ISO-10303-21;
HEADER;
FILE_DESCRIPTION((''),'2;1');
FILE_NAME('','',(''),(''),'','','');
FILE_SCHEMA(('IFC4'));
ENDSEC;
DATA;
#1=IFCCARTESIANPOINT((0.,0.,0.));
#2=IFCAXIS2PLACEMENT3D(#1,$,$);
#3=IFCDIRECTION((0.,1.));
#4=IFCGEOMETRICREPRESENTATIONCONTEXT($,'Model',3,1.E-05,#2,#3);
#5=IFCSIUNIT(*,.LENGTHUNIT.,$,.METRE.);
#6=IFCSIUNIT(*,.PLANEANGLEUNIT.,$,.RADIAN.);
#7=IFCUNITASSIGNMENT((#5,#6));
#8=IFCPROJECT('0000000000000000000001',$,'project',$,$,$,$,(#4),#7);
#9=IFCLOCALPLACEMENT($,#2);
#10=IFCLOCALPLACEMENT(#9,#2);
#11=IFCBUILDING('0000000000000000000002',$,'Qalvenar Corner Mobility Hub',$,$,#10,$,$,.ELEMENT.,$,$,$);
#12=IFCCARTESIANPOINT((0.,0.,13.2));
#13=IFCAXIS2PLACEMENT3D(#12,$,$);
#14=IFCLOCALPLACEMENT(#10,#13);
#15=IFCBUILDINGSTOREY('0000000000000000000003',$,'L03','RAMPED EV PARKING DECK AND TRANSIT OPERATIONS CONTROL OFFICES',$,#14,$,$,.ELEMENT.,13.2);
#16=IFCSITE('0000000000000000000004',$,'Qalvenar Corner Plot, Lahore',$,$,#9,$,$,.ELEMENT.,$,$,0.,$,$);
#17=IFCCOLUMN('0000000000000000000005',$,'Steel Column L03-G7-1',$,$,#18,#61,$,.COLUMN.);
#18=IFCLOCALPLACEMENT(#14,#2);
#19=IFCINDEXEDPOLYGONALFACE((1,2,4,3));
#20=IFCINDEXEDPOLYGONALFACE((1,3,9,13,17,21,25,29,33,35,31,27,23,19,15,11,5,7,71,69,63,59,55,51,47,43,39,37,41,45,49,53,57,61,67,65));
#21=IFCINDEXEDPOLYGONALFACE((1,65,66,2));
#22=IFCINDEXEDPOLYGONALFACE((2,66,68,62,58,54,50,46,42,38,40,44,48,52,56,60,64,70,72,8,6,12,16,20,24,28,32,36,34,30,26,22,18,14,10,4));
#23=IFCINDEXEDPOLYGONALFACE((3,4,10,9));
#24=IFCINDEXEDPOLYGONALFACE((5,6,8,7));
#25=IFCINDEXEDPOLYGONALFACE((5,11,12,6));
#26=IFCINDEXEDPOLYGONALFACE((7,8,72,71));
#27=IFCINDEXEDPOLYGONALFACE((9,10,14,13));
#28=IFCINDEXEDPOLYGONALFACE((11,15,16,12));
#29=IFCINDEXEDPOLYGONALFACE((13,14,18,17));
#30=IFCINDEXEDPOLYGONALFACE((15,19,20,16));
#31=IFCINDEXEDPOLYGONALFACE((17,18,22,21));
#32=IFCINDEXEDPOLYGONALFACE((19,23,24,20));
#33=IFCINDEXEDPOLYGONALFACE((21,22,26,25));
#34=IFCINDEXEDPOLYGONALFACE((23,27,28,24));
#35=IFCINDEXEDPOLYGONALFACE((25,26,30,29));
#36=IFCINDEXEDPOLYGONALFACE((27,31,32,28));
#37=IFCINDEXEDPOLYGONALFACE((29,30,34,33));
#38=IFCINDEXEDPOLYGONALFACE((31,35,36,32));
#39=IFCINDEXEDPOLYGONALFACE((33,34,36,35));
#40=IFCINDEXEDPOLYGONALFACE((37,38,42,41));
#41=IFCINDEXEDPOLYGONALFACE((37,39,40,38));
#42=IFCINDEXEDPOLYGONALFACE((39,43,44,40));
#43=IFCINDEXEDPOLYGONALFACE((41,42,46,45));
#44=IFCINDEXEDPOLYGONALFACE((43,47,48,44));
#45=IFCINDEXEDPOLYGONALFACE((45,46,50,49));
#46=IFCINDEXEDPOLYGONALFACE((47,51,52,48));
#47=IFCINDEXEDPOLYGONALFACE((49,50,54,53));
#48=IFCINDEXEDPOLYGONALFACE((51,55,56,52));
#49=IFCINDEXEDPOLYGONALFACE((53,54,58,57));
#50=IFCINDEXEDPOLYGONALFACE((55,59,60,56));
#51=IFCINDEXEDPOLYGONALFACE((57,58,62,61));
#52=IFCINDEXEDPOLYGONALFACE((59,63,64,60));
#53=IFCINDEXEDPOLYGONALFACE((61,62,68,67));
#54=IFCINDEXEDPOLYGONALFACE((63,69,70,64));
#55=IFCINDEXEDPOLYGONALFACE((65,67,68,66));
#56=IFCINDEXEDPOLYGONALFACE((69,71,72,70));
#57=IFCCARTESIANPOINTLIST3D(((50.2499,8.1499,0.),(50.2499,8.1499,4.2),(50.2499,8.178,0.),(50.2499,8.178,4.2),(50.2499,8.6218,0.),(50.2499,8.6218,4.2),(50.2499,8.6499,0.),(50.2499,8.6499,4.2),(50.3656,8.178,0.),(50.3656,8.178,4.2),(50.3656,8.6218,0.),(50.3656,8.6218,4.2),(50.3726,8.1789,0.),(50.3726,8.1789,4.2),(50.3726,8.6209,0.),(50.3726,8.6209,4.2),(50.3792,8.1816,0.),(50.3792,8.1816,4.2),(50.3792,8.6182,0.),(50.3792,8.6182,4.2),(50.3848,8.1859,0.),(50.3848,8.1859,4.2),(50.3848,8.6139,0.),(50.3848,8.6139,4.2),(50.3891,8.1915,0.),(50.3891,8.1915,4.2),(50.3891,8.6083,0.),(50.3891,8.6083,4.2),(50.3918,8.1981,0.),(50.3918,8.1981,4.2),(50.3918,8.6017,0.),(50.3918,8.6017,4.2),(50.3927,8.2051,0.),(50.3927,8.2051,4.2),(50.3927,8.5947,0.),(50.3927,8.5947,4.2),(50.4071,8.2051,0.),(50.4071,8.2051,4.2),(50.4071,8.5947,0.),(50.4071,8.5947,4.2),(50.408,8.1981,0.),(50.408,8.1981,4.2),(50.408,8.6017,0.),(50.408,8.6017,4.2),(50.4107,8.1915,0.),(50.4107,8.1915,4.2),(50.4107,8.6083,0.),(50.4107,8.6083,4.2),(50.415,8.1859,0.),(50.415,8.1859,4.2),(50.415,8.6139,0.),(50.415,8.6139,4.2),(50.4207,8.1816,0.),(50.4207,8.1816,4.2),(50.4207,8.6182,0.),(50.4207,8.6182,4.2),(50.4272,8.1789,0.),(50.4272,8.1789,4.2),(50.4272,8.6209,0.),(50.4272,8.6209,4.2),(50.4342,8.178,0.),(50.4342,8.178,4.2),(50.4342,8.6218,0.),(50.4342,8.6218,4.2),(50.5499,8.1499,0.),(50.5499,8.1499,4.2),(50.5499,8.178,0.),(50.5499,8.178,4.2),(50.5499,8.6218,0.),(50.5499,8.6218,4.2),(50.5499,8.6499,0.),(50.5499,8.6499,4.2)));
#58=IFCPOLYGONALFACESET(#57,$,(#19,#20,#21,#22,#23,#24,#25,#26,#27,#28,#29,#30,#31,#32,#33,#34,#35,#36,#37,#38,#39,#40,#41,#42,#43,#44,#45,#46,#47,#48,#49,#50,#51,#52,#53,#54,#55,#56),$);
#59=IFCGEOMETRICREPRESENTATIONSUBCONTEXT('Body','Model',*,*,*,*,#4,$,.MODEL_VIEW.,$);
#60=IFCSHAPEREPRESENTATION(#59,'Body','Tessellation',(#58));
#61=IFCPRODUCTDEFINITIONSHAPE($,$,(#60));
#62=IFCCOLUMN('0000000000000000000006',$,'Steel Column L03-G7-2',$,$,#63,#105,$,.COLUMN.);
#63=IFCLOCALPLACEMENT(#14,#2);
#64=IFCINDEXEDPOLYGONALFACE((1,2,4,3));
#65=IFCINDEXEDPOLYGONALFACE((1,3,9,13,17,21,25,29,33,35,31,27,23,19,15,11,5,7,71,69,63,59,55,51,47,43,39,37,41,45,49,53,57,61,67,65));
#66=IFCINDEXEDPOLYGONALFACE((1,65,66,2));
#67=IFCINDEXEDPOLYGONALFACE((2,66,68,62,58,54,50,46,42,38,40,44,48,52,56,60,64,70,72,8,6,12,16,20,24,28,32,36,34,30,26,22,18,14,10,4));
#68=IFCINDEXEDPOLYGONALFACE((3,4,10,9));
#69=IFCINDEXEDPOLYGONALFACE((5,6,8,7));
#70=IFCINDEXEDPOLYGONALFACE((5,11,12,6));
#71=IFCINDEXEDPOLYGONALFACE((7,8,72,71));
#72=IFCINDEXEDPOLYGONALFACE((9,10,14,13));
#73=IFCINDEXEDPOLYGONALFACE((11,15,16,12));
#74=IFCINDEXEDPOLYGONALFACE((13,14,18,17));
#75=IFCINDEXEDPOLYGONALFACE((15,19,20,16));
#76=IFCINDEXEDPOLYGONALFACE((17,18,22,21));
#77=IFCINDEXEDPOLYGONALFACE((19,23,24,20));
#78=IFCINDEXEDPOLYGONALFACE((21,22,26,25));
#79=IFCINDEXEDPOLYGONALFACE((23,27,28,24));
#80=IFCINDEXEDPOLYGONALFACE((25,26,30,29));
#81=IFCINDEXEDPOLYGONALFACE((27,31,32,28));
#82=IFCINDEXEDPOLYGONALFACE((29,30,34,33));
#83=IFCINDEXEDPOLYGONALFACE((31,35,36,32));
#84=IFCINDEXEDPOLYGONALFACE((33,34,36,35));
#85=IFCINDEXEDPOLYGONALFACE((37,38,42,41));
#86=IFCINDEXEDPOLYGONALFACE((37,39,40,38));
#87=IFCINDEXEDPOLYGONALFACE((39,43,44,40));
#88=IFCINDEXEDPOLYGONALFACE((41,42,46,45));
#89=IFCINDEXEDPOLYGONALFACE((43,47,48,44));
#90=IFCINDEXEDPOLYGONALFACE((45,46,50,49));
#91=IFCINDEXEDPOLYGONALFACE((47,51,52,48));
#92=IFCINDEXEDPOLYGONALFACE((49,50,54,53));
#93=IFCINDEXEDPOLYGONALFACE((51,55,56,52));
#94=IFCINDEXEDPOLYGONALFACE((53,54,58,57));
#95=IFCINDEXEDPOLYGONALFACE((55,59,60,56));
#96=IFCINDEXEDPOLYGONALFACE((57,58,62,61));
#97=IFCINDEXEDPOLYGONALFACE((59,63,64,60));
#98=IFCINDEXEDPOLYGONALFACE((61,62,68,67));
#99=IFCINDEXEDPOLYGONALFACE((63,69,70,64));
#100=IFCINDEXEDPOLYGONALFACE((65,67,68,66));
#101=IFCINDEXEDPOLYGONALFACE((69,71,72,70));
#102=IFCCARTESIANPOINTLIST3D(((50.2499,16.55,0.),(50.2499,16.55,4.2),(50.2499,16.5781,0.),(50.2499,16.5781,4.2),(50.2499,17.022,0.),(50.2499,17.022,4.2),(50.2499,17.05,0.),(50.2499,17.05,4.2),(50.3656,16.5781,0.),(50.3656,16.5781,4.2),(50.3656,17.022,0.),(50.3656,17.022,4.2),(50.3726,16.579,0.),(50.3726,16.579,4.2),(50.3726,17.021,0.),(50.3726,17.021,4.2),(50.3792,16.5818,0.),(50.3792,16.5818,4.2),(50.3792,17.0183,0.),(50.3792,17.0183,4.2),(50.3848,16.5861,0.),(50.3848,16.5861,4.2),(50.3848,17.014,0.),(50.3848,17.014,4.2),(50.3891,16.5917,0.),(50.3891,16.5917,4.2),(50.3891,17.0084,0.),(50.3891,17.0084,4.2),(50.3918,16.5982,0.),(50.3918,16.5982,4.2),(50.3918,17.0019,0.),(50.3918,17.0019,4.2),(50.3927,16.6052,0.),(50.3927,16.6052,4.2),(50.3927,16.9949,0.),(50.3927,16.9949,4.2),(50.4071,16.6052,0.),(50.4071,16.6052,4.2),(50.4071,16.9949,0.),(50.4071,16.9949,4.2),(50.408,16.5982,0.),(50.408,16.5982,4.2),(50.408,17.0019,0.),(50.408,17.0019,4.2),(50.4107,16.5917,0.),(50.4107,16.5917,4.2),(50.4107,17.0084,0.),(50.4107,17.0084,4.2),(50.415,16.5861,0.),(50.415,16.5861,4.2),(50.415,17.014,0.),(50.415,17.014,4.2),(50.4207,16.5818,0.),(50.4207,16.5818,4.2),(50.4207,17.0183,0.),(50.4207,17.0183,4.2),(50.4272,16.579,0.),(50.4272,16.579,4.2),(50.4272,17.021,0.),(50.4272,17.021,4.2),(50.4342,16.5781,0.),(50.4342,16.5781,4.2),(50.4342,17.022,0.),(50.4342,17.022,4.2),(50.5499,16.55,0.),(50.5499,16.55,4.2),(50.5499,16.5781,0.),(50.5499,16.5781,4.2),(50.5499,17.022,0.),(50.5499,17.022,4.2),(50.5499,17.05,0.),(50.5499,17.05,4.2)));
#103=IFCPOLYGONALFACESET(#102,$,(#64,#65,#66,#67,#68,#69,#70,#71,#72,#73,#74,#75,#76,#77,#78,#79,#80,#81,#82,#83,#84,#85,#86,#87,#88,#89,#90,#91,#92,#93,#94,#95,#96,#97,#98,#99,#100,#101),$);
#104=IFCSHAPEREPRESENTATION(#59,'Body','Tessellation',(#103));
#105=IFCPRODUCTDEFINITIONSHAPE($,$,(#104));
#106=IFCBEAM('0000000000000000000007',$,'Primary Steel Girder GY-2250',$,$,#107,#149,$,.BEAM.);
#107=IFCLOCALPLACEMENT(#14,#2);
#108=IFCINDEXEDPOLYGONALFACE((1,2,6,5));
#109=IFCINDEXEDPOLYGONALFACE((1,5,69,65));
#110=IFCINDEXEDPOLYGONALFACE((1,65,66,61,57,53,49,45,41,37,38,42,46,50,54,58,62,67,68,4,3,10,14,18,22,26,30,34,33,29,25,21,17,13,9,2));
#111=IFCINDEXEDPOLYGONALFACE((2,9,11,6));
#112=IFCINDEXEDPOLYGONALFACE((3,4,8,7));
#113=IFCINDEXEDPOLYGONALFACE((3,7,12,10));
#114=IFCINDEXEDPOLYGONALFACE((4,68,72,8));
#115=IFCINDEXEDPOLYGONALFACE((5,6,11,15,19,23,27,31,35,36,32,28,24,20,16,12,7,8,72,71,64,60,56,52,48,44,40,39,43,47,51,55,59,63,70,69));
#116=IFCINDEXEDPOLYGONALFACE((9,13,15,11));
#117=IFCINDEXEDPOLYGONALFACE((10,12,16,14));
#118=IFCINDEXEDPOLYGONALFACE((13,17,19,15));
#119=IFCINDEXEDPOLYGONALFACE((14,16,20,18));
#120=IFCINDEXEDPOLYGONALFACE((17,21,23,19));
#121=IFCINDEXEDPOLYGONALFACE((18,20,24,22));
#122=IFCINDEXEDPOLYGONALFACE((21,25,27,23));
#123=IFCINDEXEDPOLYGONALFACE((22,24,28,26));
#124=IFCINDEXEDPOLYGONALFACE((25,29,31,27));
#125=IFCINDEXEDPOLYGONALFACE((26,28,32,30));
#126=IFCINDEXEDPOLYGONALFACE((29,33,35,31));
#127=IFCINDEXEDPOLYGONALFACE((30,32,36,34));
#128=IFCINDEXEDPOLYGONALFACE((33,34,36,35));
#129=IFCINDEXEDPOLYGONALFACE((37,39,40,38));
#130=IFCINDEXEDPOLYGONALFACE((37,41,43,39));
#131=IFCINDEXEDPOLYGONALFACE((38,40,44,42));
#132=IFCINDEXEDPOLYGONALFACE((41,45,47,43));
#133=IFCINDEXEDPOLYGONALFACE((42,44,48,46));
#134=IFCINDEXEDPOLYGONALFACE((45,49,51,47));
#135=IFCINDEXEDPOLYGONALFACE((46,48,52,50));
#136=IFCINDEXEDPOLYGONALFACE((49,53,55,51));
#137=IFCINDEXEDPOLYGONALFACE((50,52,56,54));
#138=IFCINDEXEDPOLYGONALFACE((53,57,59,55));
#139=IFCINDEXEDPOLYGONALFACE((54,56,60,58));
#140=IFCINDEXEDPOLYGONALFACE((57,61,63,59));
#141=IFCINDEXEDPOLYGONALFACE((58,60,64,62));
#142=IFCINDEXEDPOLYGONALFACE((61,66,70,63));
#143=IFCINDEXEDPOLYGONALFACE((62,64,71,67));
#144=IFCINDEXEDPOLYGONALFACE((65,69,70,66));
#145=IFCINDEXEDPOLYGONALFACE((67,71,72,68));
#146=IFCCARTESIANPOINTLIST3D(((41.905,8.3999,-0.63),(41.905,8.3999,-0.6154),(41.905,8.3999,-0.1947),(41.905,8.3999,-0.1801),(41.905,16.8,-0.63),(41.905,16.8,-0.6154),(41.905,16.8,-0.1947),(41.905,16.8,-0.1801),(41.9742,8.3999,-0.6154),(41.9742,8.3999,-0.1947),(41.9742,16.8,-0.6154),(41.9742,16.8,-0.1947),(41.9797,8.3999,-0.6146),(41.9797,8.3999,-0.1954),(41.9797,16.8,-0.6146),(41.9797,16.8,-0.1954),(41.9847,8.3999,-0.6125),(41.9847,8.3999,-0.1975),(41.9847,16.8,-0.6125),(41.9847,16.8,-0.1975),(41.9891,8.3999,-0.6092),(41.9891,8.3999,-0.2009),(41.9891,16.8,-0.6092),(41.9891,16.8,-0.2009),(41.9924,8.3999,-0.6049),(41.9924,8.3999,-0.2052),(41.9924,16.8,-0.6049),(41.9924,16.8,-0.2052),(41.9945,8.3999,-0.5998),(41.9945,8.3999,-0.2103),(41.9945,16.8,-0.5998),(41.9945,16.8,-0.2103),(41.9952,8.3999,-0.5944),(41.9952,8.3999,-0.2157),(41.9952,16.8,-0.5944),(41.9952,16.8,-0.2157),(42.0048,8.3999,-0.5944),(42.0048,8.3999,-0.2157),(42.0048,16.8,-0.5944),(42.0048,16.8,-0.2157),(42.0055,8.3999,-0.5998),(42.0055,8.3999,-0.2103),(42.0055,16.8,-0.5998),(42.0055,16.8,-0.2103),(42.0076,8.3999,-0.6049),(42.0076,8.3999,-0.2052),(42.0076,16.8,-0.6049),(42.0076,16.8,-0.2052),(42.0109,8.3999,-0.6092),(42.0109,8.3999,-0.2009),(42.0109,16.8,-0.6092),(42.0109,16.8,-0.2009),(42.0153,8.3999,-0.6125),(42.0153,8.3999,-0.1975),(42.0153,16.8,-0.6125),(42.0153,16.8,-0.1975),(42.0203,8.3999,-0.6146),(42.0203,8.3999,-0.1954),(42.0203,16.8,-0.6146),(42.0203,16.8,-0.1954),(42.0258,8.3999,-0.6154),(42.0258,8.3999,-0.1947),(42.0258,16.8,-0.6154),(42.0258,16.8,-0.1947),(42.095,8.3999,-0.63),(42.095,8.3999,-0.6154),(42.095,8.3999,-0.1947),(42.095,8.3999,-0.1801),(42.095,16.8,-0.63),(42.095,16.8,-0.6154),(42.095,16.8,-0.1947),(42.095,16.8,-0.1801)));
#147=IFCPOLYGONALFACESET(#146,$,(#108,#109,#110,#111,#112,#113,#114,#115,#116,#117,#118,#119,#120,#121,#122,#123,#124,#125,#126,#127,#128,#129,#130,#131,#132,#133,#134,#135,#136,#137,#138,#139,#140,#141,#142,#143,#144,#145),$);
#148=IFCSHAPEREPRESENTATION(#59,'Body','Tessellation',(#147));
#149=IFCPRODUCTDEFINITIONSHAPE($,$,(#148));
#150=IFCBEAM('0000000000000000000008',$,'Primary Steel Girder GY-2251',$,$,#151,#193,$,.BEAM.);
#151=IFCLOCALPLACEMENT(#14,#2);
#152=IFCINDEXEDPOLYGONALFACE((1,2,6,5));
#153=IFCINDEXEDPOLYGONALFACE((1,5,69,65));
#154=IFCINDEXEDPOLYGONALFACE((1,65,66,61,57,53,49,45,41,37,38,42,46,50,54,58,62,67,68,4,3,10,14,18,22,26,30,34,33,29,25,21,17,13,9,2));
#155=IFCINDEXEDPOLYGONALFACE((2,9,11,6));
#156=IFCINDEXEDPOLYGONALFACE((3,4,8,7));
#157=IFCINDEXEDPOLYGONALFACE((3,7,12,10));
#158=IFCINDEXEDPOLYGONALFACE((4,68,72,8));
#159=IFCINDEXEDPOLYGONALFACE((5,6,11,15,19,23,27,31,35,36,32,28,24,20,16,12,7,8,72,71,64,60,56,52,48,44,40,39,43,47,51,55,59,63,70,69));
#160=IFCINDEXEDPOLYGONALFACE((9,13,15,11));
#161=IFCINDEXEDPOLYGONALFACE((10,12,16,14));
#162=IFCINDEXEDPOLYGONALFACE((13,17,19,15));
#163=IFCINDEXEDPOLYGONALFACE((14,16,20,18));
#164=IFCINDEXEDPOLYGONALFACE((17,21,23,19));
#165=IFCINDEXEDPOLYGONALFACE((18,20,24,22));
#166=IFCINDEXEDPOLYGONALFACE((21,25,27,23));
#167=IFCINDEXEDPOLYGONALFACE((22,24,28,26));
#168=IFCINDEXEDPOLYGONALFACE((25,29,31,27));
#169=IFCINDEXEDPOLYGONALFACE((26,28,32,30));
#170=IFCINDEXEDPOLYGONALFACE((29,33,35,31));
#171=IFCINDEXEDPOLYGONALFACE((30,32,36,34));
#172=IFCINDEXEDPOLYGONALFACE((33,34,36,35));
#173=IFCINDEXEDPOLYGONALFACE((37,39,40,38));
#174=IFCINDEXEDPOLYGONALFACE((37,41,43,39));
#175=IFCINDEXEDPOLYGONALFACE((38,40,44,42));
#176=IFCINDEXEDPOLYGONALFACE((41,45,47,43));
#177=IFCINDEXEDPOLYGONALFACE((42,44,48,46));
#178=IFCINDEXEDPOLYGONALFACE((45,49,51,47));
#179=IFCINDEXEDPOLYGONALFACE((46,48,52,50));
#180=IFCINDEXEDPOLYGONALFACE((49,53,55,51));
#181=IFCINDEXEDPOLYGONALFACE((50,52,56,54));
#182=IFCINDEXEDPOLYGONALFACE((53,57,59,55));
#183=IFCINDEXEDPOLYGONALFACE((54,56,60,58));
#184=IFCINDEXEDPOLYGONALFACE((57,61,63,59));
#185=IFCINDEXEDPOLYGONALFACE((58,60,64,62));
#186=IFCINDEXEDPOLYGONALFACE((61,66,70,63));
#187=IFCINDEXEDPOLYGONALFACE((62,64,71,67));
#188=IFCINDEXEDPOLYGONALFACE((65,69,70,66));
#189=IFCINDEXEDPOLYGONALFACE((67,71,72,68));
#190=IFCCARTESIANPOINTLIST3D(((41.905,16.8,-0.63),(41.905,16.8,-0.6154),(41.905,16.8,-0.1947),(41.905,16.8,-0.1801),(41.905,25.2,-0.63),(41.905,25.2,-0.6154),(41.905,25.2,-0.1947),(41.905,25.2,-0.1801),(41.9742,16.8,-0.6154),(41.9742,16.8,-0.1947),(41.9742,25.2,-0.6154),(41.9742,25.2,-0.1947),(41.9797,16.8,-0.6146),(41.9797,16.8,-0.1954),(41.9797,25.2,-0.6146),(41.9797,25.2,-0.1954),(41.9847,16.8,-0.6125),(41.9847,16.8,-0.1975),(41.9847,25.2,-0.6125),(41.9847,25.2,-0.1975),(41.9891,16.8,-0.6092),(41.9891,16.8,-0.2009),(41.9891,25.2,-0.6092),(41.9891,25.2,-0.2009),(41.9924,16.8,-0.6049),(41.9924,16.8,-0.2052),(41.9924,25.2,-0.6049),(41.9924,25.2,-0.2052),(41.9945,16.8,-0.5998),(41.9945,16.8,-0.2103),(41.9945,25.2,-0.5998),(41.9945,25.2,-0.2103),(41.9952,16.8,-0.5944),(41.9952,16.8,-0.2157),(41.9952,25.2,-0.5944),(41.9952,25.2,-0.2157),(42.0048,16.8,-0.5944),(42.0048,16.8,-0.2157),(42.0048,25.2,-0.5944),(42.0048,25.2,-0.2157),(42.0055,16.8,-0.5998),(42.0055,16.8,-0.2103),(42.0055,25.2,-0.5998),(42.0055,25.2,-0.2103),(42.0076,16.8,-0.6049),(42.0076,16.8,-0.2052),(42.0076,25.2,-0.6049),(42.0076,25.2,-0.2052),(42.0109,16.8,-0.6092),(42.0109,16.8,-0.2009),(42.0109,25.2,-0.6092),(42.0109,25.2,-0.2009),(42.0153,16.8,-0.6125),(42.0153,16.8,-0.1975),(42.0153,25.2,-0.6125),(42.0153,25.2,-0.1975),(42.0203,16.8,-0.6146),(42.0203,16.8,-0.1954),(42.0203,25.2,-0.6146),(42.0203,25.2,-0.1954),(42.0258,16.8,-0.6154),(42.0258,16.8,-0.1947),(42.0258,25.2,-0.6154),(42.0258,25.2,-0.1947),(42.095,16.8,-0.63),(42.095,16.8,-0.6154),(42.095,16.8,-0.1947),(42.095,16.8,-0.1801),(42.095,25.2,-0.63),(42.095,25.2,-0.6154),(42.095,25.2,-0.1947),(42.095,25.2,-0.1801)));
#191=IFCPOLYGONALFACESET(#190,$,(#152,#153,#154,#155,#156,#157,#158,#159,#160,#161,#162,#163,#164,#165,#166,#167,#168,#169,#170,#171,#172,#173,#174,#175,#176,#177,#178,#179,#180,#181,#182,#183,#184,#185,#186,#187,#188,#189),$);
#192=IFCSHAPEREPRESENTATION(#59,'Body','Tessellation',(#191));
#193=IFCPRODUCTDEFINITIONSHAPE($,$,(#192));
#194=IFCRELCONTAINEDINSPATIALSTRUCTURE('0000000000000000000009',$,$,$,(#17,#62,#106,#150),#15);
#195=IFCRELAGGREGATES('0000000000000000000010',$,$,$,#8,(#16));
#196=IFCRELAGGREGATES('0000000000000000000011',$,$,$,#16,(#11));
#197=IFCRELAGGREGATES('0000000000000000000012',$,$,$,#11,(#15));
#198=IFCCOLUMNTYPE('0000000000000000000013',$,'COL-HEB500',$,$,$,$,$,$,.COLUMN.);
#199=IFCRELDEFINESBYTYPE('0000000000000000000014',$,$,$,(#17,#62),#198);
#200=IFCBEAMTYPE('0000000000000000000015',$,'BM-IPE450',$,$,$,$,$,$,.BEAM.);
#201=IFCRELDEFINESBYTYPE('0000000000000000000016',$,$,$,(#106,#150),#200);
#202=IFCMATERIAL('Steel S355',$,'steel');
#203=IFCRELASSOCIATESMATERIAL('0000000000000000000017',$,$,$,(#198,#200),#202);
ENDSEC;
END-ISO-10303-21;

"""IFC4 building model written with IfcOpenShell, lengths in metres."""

from ifc_helpers import new_model, si_unit, direction, frame, origin, origin_2d, place, context, subcontext, project, spatial, i_section, extrude, material, material_profile, profile_set, type_object, element, save


model = new_model("IFC4")

# Units and contexts
model_context = context("Model", 3, precision=1e-05, world=origin(), true_north=direction((0.0, 1.0)))
body_context = subcontext(model_context, "Body", "Model", "MODEL_VIEW")
ifc_project = project(units=[si_unit("LENGTHUNIT", "METRE"), si_unit("PLANEANGLEUNIT", "RADIAN")], contexts=[model_context])

# Site, building, storey
site_placement = place(None, origin())
site = spatial("IfcSite", under=ifc_project, at=site_placement, Name="Qalvenar Corner Plot, Lahore", CompositionType="ELEMENT", RefElevation=0.0)
building_placement = place(site_placement, origin())
building = spatial("IfcBuilding", under=site, at=building_placement, Name="Qalvenar Corner Mobility Hub", CompositionType="ELEMENT")
storey_placement = place(building_placement, frame((0.0, 0.0, 13.2)))
storey = spatial("IfcBuildingStorey", under=building, at=storey_placement, Name="L03", Description="RAMPED EV PARKING DECK AND TRANSIT OPERATIONS CONTROL OFFICES", CompositionType="ELEMENT", Elevation=13.2)

# Columns
ifc_material_1 = material(Name="Steel S355", Category="steel")
ifc_material_profile_1 = material_profile(ifc_material_1, i_section(OverallWidth=0.3, OverallDepth=0.5, WebThickness=0.0144, FlangeThickness=0.0281, FilletRadius=0.0271, at=origin_2d()), Name="HEB500")
ifc_profile_set_1 = profile_set([ifc_material_profile_1], Name="Steel S355")
column_type = type_object("IfcColumnType", Name="COL-HEB500", PredefinedType="COLUMN", material=ifc_profile_set_1)
for number, where, z_axis, x_axis, name in (
    (1, (50.3999, 8.3999, 0.0), (0.0, 0.0, 1.0), (1.0, 0.0, 0.0), "Steel Column L03-G7-1"),
    (2, (50.3999, 16.8, 0.0), (0.0, 0.0, 1.0), (1.0, 0.0, 0.0), "Steel Column L03-G7-2"),
):
    element("IfcColumn", number, at=place(storey_placement, frame(where, z_axis=z_axis, x_axis=x_axis)), inside=storey, type_object=column_type, Name=name, PredefinedType="COLUMN", context=body_context, shape_type="SweptSolid", body=[
        extrude(i_section(OverallWidth=0.3, OverallDepth=0.5, WebThickness=0.0144, FlangeThickness=0.0281, FilletRadius=0.0271, at=origin_2d()), origin(), (0.0, 0.0, 1.0), 4.2),
    ])

# Beams
ifc_material_profile_2 = material_profile(ifc_material_1, i_section(OverallWidth=0.1899, OverallDepth=0.45, WebThickness=0.0095, FlangeThickness=0.0146, FilletRadius=0.021, at=origin_2d()), Name="IPE450")
ifc_profile_set_2 = profile_set([ifc_material_profile_2], Name="Steel S355")
beam_type_1 = type_object("IfcBeamType", Name="BM-IPE450", PredefinedType="BEAM", material=ifc_profile_set_2)
beam_1_placement = place(storey_placement, frame((42.0, 8.3999, -0.405), z_axis=(0.0, 1.0, 0.0), x_axis=(-1.0, 0.0, 0.0)))
element("IfcBeam", 3, at=beam_1_placement, inside=storey, type_object=beam_type_1, Name="Primary Steel Girder GY-2250", PredefinedType="BEAM", context=body_context, shape_type="SweptSolid", body=[
    extrude(i_section(OverallWidth=0.1899, OverallDepth=0.45, WebThickness=0.0095, FlangeThickness=0.0146, FilletRadius=0.021, at=origin_2d()), origin(), (0.0, 0.0, 1.0), 8.4001),
])
beam_2_placement = place(storey_placement, frame((42.0, 16.8, -0.405), z_axis=(0.0, 1.0, 0.0), x_axis=(-1.0, 0.0, 0.0)))
element("IfcBeam", 4, at=beam_2_placement, inside=storey, type_object=beam_type_1, Name="Primary Steel Girder GY-2251", PredefinedType="BEAM", context=body_context, shape_type="SweptSolid", body=[
    extrude(i_section(OverallWidth=0.1899, OverallDepth=0.45, WebThickness=0.0095, FlangeThickness=0.0146, FilletRadius=0.021, at=origin_2d()), origin(), (0.0, 0.0, 1.0), 8.3999),
])

save(model, "model.ifc")
